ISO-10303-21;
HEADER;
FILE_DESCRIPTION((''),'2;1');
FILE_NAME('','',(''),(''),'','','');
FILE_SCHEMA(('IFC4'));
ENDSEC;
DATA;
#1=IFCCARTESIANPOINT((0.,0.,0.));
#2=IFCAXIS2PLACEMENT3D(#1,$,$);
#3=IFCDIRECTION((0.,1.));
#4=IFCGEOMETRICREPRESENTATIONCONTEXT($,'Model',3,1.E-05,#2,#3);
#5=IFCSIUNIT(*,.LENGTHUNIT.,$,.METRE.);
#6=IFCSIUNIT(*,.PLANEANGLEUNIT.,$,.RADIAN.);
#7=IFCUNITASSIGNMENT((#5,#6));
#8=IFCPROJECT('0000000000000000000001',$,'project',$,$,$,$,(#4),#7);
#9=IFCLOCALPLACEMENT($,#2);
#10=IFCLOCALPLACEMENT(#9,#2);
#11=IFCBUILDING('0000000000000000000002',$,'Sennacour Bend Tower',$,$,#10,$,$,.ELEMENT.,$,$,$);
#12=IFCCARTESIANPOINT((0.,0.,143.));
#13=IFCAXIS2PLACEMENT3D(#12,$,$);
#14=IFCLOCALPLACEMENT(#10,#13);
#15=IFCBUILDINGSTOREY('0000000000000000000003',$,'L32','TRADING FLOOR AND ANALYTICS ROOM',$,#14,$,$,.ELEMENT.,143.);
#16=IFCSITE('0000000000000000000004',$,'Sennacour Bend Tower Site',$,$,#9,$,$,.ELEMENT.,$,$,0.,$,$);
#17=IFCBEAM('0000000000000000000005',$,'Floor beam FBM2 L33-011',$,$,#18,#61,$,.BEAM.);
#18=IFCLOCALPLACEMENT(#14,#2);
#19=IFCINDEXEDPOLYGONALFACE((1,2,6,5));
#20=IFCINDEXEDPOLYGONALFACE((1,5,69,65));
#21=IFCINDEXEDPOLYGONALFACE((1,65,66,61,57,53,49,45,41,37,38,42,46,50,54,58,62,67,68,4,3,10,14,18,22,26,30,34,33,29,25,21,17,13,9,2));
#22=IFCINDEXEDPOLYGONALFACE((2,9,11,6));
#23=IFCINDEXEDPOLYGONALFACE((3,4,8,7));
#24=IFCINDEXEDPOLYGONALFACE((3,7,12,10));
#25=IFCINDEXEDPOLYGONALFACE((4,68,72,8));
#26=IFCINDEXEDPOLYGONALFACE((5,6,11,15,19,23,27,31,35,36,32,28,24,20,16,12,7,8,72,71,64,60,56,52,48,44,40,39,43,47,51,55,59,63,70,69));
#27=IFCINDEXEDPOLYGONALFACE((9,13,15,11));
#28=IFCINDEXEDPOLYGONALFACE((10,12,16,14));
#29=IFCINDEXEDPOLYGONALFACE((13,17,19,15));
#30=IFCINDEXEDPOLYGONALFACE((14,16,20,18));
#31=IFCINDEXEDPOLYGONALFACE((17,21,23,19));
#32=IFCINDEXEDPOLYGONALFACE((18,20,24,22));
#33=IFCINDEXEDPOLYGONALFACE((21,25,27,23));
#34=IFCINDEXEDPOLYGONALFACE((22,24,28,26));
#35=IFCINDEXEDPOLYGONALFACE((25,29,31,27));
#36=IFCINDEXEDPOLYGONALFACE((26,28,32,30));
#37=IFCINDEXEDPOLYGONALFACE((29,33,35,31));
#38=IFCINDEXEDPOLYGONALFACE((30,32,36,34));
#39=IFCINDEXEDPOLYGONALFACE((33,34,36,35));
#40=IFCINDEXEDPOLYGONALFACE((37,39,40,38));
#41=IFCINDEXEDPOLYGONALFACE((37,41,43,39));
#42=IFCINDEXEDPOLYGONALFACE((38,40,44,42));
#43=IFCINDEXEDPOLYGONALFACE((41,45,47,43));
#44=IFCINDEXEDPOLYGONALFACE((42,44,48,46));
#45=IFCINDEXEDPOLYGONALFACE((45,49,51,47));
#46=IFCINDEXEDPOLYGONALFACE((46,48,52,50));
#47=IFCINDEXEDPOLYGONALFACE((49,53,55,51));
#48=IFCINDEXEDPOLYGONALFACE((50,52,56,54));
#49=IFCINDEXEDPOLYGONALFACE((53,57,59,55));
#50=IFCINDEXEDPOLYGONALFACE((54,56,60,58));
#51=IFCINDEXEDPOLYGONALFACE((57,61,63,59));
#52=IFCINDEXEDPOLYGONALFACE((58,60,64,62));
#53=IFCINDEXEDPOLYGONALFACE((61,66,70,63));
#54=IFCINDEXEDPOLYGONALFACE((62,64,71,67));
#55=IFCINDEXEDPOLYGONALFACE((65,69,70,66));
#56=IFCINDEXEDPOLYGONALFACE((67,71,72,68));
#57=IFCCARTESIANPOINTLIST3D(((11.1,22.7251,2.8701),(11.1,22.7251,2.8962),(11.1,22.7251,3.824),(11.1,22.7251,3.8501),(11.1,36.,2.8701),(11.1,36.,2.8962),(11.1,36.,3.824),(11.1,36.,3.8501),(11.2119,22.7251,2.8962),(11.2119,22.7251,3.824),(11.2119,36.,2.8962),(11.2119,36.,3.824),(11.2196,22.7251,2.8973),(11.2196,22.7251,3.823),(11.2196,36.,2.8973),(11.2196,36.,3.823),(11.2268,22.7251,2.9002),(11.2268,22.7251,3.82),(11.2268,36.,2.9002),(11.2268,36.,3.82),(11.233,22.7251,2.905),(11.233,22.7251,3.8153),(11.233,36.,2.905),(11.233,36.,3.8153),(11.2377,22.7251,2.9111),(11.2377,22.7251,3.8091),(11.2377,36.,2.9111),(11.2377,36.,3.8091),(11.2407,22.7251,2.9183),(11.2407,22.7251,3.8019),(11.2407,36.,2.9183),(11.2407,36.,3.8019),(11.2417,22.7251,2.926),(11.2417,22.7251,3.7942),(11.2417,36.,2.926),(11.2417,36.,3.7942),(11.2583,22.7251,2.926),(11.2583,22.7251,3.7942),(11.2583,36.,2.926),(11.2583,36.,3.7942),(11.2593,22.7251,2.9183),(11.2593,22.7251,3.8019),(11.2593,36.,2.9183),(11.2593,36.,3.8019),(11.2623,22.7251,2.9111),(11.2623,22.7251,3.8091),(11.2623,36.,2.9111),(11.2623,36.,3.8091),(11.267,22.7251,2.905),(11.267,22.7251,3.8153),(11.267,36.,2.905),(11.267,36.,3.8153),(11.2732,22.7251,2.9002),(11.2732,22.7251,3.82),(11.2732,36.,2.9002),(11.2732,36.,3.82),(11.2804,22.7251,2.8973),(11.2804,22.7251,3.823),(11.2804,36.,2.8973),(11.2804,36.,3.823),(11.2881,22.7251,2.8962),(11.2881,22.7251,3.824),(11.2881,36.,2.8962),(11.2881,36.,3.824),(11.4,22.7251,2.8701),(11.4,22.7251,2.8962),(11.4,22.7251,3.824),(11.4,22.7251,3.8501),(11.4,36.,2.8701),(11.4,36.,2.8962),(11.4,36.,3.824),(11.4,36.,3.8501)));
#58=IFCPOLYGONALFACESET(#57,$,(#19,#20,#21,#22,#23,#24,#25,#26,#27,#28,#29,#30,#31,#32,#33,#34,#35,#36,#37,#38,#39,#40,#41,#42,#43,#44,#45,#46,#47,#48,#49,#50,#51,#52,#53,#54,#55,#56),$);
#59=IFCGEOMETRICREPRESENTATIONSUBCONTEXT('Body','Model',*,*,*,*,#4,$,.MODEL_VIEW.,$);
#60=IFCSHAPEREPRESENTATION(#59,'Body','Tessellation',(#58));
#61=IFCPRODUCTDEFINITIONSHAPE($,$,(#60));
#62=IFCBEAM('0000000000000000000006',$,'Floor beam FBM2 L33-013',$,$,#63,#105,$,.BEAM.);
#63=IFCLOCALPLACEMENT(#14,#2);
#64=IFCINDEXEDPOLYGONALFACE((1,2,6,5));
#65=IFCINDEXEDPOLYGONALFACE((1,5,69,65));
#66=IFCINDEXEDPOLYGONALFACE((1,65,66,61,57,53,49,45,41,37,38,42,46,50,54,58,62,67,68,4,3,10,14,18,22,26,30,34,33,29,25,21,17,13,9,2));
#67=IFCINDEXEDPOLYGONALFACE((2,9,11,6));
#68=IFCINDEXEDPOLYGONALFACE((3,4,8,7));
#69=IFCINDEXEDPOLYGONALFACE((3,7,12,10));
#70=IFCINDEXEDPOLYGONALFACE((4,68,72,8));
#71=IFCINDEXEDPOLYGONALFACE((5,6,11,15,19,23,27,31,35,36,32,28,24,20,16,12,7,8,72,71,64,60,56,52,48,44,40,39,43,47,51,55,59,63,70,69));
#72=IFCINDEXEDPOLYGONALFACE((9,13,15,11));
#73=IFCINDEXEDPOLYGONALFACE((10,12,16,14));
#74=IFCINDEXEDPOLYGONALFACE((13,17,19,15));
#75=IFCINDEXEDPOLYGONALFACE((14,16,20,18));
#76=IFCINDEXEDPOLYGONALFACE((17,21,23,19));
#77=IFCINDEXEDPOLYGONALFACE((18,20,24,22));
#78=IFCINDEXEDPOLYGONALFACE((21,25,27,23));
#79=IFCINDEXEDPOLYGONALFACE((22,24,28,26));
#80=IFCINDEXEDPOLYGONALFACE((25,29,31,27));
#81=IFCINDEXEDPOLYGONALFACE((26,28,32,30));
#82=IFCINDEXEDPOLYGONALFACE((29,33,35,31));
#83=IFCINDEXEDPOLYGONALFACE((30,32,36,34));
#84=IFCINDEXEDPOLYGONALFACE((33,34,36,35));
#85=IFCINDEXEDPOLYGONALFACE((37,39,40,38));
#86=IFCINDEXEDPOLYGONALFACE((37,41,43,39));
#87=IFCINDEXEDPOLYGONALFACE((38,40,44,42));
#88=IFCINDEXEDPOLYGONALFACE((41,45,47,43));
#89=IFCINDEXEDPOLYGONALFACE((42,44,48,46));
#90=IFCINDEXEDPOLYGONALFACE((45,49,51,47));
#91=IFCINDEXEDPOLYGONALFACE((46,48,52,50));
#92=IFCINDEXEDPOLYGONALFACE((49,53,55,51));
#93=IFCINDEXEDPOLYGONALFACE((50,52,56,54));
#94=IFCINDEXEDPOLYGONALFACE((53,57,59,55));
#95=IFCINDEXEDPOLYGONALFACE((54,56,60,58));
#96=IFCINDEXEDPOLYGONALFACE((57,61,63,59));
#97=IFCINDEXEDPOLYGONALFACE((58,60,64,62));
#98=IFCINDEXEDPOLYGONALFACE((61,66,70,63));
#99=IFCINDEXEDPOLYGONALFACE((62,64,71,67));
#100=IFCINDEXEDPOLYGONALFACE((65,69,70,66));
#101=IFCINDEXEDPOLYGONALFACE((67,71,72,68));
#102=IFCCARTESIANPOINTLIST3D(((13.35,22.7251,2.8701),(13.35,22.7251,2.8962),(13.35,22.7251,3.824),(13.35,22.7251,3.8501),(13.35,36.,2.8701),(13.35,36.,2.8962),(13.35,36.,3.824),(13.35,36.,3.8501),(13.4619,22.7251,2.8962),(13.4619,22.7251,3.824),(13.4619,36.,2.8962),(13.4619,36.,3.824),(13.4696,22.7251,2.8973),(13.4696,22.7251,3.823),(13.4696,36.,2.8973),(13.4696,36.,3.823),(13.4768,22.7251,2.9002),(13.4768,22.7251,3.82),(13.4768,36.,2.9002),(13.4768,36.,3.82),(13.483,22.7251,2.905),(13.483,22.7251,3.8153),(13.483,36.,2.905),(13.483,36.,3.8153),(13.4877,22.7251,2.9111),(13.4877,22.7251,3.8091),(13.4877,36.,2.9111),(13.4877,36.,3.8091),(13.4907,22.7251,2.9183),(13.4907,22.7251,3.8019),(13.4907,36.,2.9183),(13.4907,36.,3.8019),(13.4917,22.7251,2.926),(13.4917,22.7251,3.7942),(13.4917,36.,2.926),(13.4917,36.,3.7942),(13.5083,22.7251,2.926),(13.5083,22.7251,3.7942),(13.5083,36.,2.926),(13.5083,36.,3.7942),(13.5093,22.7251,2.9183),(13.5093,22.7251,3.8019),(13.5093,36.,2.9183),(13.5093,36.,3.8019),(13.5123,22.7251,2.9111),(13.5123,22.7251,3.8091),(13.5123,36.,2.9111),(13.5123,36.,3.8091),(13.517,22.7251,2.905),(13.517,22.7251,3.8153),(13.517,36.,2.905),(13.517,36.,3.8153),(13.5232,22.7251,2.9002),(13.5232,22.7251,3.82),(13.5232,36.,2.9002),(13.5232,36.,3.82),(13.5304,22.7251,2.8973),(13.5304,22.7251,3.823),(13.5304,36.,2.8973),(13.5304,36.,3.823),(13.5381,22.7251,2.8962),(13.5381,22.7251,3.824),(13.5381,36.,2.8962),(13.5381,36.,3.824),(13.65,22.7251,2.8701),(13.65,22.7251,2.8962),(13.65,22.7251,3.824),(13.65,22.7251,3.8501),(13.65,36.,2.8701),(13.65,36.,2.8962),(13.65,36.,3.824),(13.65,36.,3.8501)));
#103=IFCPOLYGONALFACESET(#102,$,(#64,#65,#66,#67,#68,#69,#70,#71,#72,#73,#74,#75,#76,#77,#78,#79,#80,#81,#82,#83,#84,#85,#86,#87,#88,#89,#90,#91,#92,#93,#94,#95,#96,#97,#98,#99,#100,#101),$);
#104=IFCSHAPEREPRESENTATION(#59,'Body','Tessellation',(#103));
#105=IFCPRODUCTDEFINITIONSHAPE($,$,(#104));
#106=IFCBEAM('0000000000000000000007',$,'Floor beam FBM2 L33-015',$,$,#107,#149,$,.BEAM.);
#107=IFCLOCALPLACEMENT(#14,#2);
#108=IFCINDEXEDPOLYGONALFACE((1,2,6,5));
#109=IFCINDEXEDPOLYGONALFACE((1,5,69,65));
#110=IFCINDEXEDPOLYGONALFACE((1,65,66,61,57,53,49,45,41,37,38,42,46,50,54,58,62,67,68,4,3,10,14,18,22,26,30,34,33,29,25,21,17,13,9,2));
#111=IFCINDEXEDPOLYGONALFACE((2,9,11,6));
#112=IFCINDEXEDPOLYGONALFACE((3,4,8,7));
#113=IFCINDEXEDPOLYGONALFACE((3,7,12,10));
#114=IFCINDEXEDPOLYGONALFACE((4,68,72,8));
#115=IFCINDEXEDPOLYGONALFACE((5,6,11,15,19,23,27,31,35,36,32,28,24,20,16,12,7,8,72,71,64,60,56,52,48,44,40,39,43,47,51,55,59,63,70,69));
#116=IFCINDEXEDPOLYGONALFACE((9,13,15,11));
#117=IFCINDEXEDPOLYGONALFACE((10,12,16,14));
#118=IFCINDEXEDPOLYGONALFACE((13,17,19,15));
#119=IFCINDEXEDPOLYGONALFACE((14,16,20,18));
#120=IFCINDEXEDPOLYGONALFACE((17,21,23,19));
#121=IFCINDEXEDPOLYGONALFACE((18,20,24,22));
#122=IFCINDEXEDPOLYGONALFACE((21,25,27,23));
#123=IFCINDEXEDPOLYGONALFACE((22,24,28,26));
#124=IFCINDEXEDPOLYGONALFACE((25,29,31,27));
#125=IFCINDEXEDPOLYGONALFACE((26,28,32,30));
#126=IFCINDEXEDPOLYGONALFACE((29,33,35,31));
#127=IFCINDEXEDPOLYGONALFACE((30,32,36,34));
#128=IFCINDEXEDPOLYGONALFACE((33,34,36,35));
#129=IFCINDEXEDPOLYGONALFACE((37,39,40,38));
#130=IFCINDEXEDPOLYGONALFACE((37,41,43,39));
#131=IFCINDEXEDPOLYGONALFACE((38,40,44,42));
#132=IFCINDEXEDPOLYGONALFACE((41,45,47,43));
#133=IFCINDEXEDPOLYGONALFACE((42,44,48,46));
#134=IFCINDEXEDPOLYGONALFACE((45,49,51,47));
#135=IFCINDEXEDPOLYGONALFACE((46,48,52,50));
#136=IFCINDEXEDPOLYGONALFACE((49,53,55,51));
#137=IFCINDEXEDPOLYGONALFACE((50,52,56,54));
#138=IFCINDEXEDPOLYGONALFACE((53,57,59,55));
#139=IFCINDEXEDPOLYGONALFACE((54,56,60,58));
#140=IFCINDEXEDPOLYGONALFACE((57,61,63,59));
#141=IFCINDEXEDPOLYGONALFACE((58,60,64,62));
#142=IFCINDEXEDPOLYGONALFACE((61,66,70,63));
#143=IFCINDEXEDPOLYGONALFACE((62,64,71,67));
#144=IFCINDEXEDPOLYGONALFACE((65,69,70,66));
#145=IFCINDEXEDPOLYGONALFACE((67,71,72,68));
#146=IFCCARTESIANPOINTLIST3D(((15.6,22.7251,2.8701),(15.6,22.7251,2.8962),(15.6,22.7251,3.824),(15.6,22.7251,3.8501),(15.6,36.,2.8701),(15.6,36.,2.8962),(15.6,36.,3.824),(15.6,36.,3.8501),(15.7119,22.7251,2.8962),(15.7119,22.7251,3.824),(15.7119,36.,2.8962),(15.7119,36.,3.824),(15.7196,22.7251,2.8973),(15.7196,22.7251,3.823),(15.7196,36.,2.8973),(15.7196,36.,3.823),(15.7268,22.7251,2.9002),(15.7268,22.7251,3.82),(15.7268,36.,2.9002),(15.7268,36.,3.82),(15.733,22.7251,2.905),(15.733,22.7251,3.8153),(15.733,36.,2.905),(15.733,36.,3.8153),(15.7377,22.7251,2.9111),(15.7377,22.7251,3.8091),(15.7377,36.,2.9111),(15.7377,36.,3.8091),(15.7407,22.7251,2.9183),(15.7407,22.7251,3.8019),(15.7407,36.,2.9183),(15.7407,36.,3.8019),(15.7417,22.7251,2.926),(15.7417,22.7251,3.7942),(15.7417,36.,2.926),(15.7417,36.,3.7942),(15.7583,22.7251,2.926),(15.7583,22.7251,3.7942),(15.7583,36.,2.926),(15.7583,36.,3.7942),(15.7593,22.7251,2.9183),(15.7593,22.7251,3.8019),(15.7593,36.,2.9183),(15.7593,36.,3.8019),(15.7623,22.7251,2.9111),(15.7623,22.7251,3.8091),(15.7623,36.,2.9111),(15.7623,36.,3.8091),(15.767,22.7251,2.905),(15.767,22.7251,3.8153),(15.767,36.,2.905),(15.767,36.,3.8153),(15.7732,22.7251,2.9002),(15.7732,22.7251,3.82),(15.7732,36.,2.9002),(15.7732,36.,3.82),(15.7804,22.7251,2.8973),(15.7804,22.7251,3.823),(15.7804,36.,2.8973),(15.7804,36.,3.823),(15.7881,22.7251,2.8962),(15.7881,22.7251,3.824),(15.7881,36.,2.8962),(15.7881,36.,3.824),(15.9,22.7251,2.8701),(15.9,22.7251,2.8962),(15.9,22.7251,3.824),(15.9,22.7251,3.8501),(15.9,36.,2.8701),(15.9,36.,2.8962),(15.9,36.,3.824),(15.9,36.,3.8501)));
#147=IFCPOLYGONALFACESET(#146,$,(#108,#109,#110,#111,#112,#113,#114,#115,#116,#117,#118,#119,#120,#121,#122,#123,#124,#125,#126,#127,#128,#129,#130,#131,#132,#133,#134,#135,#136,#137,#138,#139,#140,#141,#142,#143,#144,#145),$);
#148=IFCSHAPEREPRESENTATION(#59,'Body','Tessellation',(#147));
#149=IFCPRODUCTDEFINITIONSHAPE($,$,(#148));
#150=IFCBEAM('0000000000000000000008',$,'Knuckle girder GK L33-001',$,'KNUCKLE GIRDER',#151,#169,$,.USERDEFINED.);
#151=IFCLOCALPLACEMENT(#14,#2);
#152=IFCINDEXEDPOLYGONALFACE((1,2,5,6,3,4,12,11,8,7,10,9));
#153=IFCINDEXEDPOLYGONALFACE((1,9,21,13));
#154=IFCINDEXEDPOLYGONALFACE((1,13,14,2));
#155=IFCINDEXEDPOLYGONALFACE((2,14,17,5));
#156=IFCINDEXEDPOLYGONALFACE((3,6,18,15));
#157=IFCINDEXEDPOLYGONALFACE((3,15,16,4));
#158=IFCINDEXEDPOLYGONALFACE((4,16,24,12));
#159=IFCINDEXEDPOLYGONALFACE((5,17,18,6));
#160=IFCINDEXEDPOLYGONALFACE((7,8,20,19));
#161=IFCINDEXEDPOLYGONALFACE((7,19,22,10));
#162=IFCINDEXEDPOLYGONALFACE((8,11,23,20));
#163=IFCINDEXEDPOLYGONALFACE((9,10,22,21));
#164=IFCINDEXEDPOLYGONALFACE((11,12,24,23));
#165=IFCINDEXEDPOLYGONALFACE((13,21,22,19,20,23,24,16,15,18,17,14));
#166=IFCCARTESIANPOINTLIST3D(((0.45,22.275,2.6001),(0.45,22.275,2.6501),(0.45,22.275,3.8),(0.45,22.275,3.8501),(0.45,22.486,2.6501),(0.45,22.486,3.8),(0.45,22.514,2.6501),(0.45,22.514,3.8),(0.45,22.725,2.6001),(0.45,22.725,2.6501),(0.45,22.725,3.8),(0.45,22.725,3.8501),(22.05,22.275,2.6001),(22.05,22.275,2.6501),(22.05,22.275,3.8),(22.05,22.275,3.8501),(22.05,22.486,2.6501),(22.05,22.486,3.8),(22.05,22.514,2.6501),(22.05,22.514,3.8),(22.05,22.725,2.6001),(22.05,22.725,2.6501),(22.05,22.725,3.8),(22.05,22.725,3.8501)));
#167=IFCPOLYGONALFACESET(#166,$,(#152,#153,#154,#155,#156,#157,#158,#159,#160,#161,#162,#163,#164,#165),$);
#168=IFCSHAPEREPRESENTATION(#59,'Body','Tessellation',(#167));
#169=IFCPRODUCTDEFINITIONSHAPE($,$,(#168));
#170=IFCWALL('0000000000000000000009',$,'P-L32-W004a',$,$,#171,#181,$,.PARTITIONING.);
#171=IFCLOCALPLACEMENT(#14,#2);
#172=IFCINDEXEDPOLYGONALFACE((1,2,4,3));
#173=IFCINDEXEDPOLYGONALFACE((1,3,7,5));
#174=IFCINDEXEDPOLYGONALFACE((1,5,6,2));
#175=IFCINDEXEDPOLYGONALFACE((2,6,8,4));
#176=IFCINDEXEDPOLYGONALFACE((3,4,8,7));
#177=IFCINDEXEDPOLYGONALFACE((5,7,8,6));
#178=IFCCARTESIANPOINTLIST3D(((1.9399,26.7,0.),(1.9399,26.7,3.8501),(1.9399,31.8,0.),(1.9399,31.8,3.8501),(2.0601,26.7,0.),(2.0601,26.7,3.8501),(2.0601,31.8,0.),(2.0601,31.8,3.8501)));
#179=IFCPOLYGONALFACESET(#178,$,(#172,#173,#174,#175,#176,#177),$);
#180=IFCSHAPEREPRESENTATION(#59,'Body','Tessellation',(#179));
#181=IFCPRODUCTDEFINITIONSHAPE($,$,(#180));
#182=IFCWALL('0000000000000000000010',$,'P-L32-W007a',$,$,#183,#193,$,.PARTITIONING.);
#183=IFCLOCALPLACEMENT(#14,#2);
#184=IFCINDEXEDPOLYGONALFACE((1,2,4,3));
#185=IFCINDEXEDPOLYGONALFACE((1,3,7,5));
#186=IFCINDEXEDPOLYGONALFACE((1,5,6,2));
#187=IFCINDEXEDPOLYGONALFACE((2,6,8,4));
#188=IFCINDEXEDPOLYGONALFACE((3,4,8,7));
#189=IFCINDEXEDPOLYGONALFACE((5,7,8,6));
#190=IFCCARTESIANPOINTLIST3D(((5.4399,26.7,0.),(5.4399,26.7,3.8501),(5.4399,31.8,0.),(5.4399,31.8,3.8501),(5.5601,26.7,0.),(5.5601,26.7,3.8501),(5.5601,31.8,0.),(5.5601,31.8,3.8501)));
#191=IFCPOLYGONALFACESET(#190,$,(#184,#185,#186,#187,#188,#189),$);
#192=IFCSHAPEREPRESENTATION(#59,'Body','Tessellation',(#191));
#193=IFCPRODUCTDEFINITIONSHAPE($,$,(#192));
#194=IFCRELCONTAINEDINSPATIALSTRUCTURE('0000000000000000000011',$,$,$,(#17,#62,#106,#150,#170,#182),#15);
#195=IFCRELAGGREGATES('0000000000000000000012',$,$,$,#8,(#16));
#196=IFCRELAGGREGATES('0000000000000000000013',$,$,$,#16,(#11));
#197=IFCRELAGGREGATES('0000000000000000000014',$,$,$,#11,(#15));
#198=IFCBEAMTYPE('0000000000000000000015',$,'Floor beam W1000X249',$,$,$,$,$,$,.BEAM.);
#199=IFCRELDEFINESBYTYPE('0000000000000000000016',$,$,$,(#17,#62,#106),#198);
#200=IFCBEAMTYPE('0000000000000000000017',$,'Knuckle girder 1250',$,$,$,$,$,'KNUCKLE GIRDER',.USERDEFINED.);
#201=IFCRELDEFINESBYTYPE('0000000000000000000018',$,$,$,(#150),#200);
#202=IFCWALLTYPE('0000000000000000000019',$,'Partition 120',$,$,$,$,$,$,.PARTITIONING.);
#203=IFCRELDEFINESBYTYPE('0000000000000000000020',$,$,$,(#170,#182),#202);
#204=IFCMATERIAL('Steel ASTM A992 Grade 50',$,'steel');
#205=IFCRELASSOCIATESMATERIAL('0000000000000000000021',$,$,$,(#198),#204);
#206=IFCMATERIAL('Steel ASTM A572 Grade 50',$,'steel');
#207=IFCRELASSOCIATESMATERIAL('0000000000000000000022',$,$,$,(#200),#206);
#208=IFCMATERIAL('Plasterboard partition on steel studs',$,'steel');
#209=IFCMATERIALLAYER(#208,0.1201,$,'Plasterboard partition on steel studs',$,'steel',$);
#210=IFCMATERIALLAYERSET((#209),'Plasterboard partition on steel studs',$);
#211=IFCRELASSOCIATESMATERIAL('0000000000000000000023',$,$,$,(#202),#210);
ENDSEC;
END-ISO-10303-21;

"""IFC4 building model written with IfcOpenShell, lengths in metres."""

from ifc_helpers import new_model, si_unit, direction, frame, frame_2d, origin, origin_2d, place, context, subcontext, project, spatial, rectangle, i_section, extrude, material, layer, layer_set, material_profile, profile_set, type_object, element, save


model = new_model("IFC4")

# Units and contexts
model_context = context("Model", 3, precision=1e-05, world=origin(), true_north=direction((0.0, 1.0)))
body_context = subcontext(model_context, "Body", "Model", "MODEL_VIEW")
ifc_project = project(units=[si_unit("LENGTHUNIT", "METRE"), si_unit("PLANEANGLEUNIT", "RADIAN")], contexts=[model_context])

# Site, building, storey
site_placement = place(None, origin())
site = spatial("IfcSite", under=ifc_project, at=site_placement, Name="Sennacour Bend Tower Site", CompositionType="ELEMENT", RefElevation=0.0)
building_placement = place(site_placement, origin())
building = spatial("IfcBuilding", under=site, at=building_placement, Name="Sennacour Bend Tower", CompositionType="ELEMENT")
storey_placement = place(building_placement, frame((0.0, 0.0, 143.0)))
storey = spatial("IfcBuildingStorey", under=building, at=storey_placement, Name="L32", Description="TRADING FLOOR AND ANALYTICS ROOM", CompositionType="ELEMENT", Elevation=143.0)

# Beams
ifc_material_1 = material(Name="Steel ASTM A992 Grade 50", Category="steel")
ifc_material_profile_1 = material_profile(ifc_material_1, i_section(OverallWidth=0.3, OverallDepth=0.98, WebThickness=0.0166, FlangeThickness=0.0261, FilletRadius=0.0298, at=origin_2d()), Name="Steel ASTM A992 Grade 50", Category="steel")
ifc_profile_set_1 = profile_set([ifc_material_profile_1], Name="Steel ASTM A992 Grade 50")
beam_type_1 = type_object("IfcBeamType", Name="Floor beam W1000X249", PredefinedType="BEAM", material=ifc_profile_set_1)
for number, where, z_axis, x_axis, name in (
    (1, (11.25, 22.7251, 3.3601), (0.0, 1.0, 0.0), (-1.0, 0.0, 0.0), "Floor beam FBM2 L33-011"),
    (2, (13.5, 22.7251, 3.3601), (0.0, 1.0, 0.0), (-1.0, 0.0, 0.0), "Floor beam FBM2 L33-013"),
    (3, (15.75, 22.7251, 3.3601), (0.0, 1.0, 0.0), (-1.0, 0.0, 0.0), "Floor beam FBM2 L33-015"),
):
    element("IfcBeam", number, at=place(storey_placement, frame(where, z_axis=z_axis, x_axis=x_axis)), inside=storey, type_object=beam_type_1, Name=name, PredefinedType="BEAM", context=body_context, shape_type="SweptSolid", body=[
        extrude(i_section(OverallWidth=0.3, OverallDepth=0.98, WebThickness=0.0166, FlangeThickness=0.0261, FilletRadius=0.0298, at=origin_2d()), origin(), (0.0, 0.0, 1.0), 13.2749),
    ])
ifc_material_2 = material(Name="Steel ASTM A572 Grade 50", Category="steel")
ifc_material_profile_2 = material_profile(ifc_material_2, i_section(OverallWidth=0.45, OverallDepth=1.25, WebThickness=0.0281, FlangeThickness=0.05, at=origin_2d()), Name="Steel ASTM A572 Grade 50", Category="steel")
ifc_profile_set_2 = profile_set([ifc_material_profile_2], Name="Steel ASTM A572 Grade 50")
beam_type_2 = type_object("IfcBeamType", Name="Knuckle girder 1250", ElementType="KNUCKLE GIRDER", PredefinedType="USERDEFINED", material=ifc_profile_set_2)
beam_placement = place(storey_placement, frame((0.45, 22.5, 3.2251), z_axis=(1.0, 0.0, 0.0), x_axis=(0.0, 1.0, 0.0)))
element("IfcBeam", 4, at=beam_placement, inside=storey, type_object=beam_type_2, Name="Knuckle girder GK L33-001", ObjectType="KNUCKLE GIRDER", PredefinedType="USERDEFINED", context=body_context, shape_type="SweptSolid", body=[
    extrude(i_section(OverallWidth=0.45, OverallDepth=1.25, WebThickness=0.0281, FlangeThickness=0.05, at=origin_2d()), origin(), (0.0, 0.0, 1.0), 21.6001),
])

# Walls
ifc_material_3 = material(Name="Plasterboard partition on steel studs", Category="steel")
ifc_layer = layer(ifc_material_3, 0.1201, Name="Plasterboard partition on steel studs", Category="steel")
ifc_layer_set = layer_set([ifc_layer], Name="Plasterboard partition on steel studs")
wall_type = type_object("IfcWallType", Name="Partition 120", PredefinedType="PARTITIONING", material=ifc_layer_set)
for number, where, z_axis, x_axis, name in (
    (5, (2.0, 26.7, 0.0), (0.0, 0.0, 1.0), (0.0, 1.0, 0.0), "P-L32-W004a"),
    (6, (5.5, 26.7, 0.0), (0.0, 0.0, 1.0), (0.0, 1.0, 0.0), "P-L32-W007a"),
):
    element("IfcWall", number, at=place(storey_placement, frame(where, z_axis=z_axis, x_axis=x_axis)), inside=storey, type_object=wall_type, Name=name, PredefinedType="PARTITIONING", context=body_context, shape_type="SweptSolid", body=[
        extrude(rectangle(XDim=5.1001, YDim=0.1201, at=frame_2d((2.55, 0.0))), origin(), (0.0, 0.0, 1.0), 3.8501),
    ])

save(model, "model.ifc")
